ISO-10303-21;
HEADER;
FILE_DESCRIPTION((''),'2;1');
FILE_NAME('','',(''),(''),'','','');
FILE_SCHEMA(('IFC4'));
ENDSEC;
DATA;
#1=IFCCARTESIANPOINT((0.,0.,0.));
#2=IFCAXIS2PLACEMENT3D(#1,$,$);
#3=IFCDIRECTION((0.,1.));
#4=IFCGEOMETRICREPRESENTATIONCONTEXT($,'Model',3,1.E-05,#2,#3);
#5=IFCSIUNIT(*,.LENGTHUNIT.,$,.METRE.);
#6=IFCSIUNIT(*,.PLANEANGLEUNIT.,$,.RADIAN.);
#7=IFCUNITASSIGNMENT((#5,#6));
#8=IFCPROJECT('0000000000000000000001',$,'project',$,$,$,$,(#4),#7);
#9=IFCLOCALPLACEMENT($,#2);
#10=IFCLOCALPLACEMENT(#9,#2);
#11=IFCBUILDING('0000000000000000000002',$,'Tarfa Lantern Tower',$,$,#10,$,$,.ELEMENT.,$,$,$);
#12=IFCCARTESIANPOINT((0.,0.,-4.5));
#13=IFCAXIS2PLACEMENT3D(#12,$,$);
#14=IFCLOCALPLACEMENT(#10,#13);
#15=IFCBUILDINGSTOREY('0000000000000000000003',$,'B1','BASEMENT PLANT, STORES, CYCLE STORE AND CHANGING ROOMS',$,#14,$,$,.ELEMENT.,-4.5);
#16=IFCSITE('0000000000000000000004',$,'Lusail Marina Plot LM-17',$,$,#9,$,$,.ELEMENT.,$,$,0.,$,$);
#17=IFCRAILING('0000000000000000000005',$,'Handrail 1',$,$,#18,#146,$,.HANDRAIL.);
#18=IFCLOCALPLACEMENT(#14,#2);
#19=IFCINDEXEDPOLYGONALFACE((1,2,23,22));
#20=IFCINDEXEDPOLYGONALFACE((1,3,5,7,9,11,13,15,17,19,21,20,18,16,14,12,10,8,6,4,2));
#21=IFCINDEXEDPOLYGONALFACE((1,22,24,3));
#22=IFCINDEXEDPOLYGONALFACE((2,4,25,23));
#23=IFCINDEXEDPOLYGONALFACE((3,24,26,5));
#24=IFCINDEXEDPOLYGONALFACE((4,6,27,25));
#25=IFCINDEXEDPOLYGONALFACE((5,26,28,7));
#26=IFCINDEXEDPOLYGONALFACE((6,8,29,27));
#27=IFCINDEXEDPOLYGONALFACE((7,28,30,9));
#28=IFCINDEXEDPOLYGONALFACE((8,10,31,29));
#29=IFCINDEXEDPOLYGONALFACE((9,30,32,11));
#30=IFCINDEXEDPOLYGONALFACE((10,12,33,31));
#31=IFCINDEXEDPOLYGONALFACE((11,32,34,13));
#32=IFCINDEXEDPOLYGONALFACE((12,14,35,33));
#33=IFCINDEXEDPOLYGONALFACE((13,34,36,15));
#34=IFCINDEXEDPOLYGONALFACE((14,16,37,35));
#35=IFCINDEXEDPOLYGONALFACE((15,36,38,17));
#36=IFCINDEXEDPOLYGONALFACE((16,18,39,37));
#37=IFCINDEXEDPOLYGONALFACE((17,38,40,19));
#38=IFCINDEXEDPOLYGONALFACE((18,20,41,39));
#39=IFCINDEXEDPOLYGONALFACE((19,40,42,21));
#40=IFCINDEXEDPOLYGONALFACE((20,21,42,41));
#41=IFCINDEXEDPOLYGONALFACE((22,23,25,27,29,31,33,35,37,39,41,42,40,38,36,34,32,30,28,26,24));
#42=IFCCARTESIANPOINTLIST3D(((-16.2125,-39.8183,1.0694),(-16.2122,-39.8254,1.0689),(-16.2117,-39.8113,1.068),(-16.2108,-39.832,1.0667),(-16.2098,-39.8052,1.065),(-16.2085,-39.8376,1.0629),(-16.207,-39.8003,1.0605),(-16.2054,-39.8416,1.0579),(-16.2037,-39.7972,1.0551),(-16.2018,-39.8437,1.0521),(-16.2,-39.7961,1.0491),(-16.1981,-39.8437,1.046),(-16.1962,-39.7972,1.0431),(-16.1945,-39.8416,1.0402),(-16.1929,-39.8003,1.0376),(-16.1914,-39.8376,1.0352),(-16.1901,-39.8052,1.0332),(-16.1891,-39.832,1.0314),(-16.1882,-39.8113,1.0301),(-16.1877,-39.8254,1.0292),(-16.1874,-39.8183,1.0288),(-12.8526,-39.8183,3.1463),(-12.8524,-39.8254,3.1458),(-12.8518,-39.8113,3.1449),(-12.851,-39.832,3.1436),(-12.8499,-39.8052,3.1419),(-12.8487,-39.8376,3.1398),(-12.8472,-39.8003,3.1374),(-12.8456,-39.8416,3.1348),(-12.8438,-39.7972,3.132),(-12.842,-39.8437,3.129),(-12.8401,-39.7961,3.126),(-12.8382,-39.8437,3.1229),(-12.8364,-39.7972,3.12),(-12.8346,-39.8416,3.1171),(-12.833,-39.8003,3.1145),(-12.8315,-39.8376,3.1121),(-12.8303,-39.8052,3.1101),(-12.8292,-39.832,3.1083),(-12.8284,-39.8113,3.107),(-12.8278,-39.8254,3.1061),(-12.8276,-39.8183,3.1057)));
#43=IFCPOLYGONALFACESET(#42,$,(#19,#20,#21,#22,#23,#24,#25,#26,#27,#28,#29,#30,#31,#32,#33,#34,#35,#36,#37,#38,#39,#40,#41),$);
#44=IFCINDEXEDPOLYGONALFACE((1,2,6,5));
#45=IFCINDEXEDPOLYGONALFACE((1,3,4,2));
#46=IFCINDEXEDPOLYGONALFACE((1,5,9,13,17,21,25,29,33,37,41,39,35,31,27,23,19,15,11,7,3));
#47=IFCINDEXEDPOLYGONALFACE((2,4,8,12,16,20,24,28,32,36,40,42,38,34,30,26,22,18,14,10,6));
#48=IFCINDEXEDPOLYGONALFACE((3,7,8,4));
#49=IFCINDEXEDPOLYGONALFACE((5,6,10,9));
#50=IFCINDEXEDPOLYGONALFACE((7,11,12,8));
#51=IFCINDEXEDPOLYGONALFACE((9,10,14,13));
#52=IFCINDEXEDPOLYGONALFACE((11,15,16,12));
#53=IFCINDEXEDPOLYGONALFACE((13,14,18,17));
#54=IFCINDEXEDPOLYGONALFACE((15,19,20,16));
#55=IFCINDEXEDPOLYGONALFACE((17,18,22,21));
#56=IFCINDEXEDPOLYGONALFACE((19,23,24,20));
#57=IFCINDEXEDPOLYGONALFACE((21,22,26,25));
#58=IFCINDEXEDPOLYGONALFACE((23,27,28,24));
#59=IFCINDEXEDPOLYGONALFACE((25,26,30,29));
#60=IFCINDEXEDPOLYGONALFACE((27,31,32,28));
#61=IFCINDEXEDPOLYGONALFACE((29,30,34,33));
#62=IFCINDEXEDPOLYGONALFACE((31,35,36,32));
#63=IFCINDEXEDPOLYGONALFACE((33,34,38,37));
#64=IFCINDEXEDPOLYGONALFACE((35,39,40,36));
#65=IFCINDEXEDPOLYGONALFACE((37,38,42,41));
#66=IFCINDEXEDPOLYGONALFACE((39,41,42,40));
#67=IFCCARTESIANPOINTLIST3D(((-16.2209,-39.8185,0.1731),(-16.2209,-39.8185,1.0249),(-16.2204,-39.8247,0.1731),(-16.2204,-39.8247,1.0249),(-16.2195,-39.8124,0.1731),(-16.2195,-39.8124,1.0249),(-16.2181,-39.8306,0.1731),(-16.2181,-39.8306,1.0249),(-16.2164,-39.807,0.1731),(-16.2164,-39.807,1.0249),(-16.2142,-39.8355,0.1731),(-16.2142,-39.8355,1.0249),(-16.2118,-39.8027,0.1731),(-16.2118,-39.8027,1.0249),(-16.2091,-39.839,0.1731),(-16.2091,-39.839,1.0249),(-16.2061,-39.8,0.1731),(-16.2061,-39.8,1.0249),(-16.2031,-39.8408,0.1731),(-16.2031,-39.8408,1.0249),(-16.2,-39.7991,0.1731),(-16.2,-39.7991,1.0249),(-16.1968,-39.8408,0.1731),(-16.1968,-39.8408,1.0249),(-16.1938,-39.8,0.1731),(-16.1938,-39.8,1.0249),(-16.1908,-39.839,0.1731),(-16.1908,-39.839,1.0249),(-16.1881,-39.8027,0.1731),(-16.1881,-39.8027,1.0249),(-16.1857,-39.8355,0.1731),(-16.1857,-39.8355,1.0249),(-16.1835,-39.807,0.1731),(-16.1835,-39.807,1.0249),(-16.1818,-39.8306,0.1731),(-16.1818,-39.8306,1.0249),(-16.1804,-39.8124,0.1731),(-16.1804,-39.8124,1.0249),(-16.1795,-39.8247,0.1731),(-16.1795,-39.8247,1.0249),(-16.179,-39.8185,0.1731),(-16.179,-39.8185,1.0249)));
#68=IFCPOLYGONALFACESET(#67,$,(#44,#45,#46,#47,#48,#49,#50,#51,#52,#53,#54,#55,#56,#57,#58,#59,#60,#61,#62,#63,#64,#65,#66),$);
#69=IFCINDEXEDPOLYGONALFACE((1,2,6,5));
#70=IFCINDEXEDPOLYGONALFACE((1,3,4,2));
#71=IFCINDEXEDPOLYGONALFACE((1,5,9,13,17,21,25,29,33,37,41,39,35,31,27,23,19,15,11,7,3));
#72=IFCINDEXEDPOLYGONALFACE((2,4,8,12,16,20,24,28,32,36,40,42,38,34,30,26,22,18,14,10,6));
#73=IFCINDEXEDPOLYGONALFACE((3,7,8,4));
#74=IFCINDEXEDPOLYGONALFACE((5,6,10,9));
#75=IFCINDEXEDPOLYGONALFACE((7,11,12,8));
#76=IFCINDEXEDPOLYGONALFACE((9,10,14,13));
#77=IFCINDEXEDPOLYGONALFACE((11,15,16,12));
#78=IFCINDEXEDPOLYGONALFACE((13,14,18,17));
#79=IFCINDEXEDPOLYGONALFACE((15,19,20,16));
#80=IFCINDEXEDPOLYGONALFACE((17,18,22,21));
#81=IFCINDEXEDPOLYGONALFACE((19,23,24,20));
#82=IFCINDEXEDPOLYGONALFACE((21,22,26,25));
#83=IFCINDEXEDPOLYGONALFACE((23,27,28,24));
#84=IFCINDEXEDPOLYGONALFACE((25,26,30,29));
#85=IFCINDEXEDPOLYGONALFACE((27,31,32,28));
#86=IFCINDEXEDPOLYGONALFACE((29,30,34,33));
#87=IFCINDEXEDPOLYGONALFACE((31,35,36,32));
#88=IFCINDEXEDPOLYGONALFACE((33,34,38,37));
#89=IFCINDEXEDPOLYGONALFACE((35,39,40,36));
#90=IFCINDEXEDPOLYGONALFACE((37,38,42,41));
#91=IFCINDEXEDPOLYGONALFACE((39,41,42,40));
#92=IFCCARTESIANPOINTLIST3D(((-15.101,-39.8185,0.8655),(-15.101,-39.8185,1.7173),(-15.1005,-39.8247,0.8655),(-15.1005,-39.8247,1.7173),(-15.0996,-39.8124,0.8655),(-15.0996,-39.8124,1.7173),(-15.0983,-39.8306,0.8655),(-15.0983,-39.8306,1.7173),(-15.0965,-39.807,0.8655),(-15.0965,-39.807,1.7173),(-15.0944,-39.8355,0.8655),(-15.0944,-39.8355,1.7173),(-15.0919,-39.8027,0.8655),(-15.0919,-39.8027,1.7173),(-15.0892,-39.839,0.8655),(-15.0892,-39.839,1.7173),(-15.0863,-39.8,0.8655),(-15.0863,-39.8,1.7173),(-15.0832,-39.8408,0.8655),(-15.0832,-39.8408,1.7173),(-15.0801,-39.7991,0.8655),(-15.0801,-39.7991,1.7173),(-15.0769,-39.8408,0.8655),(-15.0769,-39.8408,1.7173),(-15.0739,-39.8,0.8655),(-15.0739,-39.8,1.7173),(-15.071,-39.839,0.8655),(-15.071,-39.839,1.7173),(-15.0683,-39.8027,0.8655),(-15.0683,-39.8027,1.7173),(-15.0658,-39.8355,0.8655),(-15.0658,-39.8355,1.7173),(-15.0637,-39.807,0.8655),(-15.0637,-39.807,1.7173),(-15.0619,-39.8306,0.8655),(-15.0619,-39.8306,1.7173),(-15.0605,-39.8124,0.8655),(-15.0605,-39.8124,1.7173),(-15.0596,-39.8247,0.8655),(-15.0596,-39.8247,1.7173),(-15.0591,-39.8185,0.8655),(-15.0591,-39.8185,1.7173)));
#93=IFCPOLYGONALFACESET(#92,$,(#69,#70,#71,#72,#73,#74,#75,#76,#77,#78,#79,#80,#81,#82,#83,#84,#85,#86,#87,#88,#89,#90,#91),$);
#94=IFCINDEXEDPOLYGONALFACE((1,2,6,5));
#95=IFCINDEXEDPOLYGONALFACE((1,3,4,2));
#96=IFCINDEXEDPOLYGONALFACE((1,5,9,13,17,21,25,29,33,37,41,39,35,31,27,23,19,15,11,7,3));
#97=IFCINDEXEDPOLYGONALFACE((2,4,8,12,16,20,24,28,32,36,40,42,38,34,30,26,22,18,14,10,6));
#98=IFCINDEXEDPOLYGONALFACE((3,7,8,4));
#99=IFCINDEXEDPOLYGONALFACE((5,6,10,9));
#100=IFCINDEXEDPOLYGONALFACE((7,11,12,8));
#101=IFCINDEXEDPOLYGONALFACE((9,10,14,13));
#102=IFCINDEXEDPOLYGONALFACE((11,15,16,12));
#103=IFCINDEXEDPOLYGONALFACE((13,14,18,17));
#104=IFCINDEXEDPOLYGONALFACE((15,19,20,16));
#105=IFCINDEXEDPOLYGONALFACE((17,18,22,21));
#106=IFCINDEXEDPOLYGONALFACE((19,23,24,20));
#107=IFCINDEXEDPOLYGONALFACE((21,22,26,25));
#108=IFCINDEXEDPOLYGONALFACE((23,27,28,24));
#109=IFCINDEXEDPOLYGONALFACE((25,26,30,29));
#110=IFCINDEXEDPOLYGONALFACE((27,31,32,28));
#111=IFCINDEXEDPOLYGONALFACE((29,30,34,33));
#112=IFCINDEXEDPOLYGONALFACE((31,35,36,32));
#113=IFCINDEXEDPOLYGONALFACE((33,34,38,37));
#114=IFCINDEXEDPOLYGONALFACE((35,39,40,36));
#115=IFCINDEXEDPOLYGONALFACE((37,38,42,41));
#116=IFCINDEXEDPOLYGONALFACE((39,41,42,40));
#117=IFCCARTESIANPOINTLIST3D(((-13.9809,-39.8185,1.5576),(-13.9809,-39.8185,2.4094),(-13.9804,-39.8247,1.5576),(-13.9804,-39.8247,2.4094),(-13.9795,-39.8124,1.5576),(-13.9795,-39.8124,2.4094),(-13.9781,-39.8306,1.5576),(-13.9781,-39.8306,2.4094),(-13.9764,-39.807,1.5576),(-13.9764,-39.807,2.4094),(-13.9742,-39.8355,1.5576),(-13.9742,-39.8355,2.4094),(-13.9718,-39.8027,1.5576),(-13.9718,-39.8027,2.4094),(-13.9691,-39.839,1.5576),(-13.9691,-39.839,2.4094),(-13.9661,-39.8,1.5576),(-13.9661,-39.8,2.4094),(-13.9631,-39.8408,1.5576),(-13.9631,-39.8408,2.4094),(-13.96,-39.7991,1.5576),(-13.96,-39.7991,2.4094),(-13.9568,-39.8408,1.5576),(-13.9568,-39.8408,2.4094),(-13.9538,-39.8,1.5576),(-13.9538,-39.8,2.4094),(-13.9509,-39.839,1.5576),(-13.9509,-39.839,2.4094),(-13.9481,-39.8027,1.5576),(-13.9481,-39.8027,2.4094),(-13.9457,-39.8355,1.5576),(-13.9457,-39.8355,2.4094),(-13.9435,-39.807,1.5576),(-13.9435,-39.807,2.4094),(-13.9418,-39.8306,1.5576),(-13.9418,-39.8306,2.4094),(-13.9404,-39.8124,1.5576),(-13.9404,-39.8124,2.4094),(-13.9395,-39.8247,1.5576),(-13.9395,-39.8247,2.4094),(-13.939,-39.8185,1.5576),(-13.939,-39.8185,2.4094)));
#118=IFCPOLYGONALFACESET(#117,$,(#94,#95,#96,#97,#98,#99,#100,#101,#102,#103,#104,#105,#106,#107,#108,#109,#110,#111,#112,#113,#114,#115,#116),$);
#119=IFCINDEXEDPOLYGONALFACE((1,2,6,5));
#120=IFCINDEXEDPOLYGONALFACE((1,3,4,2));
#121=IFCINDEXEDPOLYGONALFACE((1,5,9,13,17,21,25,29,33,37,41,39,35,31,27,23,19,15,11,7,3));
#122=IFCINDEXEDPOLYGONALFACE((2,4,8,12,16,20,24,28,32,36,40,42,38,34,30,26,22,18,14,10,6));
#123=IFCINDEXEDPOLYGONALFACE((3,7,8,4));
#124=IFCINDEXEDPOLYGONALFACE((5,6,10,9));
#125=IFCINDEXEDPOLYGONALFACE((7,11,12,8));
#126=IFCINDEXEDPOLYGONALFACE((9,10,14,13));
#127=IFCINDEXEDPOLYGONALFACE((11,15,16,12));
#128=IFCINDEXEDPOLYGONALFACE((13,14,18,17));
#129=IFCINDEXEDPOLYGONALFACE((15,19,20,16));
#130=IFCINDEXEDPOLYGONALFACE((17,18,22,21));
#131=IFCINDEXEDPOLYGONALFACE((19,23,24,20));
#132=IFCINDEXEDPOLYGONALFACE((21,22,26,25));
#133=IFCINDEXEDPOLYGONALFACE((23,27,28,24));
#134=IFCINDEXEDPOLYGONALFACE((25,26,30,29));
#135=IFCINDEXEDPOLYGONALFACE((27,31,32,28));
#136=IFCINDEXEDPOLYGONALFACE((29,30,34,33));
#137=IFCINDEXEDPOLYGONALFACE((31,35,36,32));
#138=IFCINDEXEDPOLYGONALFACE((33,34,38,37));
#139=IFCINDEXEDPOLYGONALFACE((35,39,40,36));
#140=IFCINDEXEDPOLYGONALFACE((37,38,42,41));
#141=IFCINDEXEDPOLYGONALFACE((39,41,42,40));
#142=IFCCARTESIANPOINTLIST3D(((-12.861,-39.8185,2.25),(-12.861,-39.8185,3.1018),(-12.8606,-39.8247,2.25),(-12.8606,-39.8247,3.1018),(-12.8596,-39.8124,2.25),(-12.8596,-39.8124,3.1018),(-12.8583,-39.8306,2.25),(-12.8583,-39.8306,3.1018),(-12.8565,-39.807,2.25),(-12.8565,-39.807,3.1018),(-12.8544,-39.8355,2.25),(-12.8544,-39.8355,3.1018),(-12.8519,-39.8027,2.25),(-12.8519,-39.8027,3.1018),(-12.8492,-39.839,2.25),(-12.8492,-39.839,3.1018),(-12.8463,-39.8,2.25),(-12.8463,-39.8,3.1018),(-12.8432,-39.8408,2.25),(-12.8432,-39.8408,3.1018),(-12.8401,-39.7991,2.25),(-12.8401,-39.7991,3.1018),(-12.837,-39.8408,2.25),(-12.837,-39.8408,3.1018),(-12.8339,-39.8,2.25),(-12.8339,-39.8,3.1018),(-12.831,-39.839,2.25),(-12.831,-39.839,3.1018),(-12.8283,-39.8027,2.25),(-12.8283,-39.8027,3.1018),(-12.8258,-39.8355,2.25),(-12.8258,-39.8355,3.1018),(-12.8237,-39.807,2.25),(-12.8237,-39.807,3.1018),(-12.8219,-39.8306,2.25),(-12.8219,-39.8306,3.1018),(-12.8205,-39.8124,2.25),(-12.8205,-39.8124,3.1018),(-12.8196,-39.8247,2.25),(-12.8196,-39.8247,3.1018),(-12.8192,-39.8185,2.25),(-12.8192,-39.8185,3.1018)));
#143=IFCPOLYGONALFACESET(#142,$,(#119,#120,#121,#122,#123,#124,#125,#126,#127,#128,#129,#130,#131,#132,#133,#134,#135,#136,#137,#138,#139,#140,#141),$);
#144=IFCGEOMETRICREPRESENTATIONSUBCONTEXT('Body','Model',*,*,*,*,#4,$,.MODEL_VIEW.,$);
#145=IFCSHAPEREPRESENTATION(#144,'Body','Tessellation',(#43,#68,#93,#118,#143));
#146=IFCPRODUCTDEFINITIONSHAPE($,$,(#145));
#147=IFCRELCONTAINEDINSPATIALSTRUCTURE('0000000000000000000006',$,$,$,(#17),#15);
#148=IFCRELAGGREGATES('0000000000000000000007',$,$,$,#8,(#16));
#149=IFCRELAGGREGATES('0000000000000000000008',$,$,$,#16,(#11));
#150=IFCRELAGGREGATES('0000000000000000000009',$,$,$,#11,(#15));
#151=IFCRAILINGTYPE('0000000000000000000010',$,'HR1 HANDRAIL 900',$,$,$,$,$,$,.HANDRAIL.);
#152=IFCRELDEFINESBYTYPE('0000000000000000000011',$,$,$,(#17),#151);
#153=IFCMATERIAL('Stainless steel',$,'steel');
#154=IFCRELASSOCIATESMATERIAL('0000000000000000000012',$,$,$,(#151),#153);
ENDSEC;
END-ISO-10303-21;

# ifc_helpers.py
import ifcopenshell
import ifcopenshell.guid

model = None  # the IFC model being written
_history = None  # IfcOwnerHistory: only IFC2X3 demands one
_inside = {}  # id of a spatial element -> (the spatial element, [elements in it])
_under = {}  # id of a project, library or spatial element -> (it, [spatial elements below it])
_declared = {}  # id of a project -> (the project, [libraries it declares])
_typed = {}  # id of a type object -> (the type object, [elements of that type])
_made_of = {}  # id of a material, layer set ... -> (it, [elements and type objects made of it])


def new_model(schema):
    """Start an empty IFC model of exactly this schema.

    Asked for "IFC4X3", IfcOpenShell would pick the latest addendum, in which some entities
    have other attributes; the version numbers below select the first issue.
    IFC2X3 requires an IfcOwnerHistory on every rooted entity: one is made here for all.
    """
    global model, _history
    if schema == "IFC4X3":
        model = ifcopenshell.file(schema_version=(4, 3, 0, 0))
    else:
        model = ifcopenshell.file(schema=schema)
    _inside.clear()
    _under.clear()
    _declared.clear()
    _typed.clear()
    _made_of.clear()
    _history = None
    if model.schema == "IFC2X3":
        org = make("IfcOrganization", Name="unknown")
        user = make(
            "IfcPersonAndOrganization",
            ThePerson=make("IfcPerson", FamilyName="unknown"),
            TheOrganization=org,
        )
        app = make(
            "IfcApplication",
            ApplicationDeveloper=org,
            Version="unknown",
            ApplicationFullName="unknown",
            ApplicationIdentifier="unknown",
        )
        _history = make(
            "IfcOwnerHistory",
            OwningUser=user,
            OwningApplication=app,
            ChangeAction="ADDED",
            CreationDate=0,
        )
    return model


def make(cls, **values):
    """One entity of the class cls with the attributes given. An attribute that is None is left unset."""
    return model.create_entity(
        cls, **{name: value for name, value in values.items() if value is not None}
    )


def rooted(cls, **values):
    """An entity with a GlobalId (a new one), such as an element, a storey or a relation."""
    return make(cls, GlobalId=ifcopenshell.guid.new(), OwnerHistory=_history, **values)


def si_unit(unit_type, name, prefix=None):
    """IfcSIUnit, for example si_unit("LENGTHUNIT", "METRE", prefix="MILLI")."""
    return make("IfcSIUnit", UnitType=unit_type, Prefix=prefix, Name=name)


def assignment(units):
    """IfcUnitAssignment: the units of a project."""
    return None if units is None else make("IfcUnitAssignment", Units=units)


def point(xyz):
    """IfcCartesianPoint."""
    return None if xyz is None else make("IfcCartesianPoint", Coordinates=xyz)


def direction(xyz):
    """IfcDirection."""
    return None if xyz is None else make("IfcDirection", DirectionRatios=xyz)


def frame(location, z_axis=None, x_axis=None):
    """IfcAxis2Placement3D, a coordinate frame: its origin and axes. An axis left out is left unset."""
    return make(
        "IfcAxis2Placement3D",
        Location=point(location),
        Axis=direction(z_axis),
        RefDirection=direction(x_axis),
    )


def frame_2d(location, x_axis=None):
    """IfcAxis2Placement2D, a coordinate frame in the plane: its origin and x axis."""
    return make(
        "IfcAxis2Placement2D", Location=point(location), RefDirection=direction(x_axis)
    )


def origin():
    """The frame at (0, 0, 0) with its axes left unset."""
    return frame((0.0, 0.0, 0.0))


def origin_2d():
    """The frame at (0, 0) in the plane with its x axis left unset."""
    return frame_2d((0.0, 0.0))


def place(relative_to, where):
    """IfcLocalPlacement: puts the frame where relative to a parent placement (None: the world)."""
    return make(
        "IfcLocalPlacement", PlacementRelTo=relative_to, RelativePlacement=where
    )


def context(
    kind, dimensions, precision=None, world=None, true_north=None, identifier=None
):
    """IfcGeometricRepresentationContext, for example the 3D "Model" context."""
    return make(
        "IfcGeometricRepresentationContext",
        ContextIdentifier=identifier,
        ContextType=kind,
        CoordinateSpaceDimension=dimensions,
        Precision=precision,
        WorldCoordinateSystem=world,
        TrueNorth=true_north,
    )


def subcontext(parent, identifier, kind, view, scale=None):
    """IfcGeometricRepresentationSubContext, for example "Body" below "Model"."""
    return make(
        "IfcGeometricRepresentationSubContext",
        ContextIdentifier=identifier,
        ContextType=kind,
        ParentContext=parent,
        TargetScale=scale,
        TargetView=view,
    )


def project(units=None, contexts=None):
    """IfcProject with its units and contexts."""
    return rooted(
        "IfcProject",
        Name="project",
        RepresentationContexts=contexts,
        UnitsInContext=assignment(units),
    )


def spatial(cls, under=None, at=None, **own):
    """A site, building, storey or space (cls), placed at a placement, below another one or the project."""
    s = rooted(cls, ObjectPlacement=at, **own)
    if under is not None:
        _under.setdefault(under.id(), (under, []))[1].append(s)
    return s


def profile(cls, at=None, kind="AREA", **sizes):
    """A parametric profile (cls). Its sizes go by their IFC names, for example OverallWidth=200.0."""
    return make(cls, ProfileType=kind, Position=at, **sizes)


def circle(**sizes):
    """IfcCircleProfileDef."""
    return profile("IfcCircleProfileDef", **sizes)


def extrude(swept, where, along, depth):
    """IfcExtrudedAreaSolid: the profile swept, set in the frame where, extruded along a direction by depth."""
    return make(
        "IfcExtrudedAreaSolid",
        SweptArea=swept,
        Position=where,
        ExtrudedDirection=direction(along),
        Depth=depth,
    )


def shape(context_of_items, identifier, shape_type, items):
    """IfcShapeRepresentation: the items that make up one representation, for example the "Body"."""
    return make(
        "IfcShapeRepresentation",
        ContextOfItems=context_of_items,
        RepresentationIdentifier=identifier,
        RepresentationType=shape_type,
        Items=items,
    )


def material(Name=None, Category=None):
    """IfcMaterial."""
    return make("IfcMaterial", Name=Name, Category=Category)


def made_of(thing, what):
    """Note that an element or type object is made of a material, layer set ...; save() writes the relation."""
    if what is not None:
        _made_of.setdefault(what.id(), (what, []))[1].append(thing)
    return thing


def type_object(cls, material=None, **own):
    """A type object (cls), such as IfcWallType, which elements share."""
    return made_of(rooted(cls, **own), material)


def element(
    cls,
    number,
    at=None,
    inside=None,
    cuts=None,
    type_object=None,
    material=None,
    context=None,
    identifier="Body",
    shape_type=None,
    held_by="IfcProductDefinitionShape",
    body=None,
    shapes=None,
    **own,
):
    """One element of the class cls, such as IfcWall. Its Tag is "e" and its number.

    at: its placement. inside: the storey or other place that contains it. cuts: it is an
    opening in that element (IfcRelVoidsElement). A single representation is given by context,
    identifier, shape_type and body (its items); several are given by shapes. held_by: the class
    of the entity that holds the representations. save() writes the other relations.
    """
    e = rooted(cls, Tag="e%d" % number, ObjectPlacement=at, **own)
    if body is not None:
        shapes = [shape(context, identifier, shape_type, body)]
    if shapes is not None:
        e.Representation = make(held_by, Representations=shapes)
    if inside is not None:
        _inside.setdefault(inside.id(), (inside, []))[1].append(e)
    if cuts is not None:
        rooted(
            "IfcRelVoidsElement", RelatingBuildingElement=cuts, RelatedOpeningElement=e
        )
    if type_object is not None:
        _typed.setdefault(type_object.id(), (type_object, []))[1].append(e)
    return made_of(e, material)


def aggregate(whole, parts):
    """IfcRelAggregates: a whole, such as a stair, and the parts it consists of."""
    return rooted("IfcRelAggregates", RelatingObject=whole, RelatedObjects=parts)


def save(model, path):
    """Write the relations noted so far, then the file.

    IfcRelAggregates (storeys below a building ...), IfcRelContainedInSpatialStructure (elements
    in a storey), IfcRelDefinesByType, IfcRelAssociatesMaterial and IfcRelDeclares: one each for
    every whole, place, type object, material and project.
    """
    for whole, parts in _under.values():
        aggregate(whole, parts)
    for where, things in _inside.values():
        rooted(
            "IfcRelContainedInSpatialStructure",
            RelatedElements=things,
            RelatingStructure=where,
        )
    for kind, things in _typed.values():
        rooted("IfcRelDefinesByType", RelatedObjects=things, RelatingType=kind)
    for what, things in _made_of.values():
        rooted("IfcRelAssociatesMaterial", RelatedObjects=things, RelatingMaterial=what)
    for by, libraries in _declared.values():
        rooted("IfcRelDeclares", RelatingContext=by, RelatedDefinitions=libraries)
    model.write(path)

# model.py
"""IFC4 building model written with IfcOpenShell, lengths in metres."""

from ifc_helpers import new_model, si_unit, direction, frame, origin, origin_2d, place, context, subcontext, project, spatial, circle, extrude, material, type_object, element, save


model = new_model("IFC4")

# Units and contexts
model_context = context("Model", 3, precision=1e-05, world=origin(), true_north=direction((0.0, 1.0)))
body_context = subcontext(model_context, "Body", "Model", "MODEL_VIEW")
ifc_project = project(units=[si_unit("LENGTHUNIT", "METRE"), si_unit("PLANEANGLEUNIT", "RADIAN")], contexts=[model_context])

# Site, building, storey
site_placement = place(None, origin())
site = spatial("IfcSite", under=ifc_project, at=site_placement, Name="Lusail Marina Plot LM-17", CompositionType="ELEMENT", RefElevation=0.0)
building_placement = place(site_placement, origin())
building = spatial("IfcBuilding", under=site, at=building_placement, Name="Tarfa Lantern Tower", CompositionType="ELEMENT")
storey_placement = place(building_placement, frame((0.0, 0.0, -4.5)))
storey = spatial("IfcBuildingStorey", under=building, at=storey_placement, Name="B1", Description="BASEMENT PLANT, STORES, CYCLE STORE AND CHANGING ROOMS", CompositionType="ELEMENT", Elevation=-4.5)

# Railing
ifc_material_1 = material(Name="Stainless steel", Category="steel")
railing_type = type_object("IfcRailingType", Name="HR1 HANDRAIL 900", PredefinedType="HANDRAIL", material=ifc_material_1)
railing_1_placement = place(storey_placement, frame((-16.2, -39.8201, 0.1731)))
element("IfcRailing", 1, at=railing_1_placement, inside=storey, type_object=railing_type, Name="Handrail 1", PredefinedType="HANDRAIL", context=body_context, shape_type="SweptSolid", body=[
    extrude(circle(Radius=0.0239, at=origin_2d()), frame((0.0, 0.0, 0.876), z_axis=(0.850606, 0.0, 0.525803), x_axis=(0.0, 1.0, 0.0)), (0.0, 0.0, 1.0), 3.95),
    extrude(circle(Radius=0.021, at=origin_2d()), frame((0.0, 0.0, 0.0), z_axis=(0.0, 0.0, 1.0), x_axis=(0.0, 1.0, 0.0)), (0.0, 0.0, 1.0), 0.8518),
    extrude(circle(Radius=0.021, at=origin_2d()), frame((1.1199, 0.0, 0.6924), z_axis=(0.0, 0.0, 1.0), x_axis=(0.0, 1.0, 0.0)), (0.0, 0.0, 1.0), 0.8518),
    extrude(circle(Radius=0.021, at=origin_2d()), frame((2.24, 0.0, 1.3845), z_axis=(0.0, 0.0, 1.0), x_axis=(0.0, 1.0, 0.0)), (0.0, 0.0, 1.0), 0.8518),
    extrude(circle(Radius=0.021, at=origin_2d()), frame((3.3599, 0.0, 2.0769), z_axis=(0.0, 0.0, 1.0), x_axis=(0.0, 1.0, 0.0)), (0.0, 0.0, 1.0), 0.8518),
])

save(model, "model.ifc")
